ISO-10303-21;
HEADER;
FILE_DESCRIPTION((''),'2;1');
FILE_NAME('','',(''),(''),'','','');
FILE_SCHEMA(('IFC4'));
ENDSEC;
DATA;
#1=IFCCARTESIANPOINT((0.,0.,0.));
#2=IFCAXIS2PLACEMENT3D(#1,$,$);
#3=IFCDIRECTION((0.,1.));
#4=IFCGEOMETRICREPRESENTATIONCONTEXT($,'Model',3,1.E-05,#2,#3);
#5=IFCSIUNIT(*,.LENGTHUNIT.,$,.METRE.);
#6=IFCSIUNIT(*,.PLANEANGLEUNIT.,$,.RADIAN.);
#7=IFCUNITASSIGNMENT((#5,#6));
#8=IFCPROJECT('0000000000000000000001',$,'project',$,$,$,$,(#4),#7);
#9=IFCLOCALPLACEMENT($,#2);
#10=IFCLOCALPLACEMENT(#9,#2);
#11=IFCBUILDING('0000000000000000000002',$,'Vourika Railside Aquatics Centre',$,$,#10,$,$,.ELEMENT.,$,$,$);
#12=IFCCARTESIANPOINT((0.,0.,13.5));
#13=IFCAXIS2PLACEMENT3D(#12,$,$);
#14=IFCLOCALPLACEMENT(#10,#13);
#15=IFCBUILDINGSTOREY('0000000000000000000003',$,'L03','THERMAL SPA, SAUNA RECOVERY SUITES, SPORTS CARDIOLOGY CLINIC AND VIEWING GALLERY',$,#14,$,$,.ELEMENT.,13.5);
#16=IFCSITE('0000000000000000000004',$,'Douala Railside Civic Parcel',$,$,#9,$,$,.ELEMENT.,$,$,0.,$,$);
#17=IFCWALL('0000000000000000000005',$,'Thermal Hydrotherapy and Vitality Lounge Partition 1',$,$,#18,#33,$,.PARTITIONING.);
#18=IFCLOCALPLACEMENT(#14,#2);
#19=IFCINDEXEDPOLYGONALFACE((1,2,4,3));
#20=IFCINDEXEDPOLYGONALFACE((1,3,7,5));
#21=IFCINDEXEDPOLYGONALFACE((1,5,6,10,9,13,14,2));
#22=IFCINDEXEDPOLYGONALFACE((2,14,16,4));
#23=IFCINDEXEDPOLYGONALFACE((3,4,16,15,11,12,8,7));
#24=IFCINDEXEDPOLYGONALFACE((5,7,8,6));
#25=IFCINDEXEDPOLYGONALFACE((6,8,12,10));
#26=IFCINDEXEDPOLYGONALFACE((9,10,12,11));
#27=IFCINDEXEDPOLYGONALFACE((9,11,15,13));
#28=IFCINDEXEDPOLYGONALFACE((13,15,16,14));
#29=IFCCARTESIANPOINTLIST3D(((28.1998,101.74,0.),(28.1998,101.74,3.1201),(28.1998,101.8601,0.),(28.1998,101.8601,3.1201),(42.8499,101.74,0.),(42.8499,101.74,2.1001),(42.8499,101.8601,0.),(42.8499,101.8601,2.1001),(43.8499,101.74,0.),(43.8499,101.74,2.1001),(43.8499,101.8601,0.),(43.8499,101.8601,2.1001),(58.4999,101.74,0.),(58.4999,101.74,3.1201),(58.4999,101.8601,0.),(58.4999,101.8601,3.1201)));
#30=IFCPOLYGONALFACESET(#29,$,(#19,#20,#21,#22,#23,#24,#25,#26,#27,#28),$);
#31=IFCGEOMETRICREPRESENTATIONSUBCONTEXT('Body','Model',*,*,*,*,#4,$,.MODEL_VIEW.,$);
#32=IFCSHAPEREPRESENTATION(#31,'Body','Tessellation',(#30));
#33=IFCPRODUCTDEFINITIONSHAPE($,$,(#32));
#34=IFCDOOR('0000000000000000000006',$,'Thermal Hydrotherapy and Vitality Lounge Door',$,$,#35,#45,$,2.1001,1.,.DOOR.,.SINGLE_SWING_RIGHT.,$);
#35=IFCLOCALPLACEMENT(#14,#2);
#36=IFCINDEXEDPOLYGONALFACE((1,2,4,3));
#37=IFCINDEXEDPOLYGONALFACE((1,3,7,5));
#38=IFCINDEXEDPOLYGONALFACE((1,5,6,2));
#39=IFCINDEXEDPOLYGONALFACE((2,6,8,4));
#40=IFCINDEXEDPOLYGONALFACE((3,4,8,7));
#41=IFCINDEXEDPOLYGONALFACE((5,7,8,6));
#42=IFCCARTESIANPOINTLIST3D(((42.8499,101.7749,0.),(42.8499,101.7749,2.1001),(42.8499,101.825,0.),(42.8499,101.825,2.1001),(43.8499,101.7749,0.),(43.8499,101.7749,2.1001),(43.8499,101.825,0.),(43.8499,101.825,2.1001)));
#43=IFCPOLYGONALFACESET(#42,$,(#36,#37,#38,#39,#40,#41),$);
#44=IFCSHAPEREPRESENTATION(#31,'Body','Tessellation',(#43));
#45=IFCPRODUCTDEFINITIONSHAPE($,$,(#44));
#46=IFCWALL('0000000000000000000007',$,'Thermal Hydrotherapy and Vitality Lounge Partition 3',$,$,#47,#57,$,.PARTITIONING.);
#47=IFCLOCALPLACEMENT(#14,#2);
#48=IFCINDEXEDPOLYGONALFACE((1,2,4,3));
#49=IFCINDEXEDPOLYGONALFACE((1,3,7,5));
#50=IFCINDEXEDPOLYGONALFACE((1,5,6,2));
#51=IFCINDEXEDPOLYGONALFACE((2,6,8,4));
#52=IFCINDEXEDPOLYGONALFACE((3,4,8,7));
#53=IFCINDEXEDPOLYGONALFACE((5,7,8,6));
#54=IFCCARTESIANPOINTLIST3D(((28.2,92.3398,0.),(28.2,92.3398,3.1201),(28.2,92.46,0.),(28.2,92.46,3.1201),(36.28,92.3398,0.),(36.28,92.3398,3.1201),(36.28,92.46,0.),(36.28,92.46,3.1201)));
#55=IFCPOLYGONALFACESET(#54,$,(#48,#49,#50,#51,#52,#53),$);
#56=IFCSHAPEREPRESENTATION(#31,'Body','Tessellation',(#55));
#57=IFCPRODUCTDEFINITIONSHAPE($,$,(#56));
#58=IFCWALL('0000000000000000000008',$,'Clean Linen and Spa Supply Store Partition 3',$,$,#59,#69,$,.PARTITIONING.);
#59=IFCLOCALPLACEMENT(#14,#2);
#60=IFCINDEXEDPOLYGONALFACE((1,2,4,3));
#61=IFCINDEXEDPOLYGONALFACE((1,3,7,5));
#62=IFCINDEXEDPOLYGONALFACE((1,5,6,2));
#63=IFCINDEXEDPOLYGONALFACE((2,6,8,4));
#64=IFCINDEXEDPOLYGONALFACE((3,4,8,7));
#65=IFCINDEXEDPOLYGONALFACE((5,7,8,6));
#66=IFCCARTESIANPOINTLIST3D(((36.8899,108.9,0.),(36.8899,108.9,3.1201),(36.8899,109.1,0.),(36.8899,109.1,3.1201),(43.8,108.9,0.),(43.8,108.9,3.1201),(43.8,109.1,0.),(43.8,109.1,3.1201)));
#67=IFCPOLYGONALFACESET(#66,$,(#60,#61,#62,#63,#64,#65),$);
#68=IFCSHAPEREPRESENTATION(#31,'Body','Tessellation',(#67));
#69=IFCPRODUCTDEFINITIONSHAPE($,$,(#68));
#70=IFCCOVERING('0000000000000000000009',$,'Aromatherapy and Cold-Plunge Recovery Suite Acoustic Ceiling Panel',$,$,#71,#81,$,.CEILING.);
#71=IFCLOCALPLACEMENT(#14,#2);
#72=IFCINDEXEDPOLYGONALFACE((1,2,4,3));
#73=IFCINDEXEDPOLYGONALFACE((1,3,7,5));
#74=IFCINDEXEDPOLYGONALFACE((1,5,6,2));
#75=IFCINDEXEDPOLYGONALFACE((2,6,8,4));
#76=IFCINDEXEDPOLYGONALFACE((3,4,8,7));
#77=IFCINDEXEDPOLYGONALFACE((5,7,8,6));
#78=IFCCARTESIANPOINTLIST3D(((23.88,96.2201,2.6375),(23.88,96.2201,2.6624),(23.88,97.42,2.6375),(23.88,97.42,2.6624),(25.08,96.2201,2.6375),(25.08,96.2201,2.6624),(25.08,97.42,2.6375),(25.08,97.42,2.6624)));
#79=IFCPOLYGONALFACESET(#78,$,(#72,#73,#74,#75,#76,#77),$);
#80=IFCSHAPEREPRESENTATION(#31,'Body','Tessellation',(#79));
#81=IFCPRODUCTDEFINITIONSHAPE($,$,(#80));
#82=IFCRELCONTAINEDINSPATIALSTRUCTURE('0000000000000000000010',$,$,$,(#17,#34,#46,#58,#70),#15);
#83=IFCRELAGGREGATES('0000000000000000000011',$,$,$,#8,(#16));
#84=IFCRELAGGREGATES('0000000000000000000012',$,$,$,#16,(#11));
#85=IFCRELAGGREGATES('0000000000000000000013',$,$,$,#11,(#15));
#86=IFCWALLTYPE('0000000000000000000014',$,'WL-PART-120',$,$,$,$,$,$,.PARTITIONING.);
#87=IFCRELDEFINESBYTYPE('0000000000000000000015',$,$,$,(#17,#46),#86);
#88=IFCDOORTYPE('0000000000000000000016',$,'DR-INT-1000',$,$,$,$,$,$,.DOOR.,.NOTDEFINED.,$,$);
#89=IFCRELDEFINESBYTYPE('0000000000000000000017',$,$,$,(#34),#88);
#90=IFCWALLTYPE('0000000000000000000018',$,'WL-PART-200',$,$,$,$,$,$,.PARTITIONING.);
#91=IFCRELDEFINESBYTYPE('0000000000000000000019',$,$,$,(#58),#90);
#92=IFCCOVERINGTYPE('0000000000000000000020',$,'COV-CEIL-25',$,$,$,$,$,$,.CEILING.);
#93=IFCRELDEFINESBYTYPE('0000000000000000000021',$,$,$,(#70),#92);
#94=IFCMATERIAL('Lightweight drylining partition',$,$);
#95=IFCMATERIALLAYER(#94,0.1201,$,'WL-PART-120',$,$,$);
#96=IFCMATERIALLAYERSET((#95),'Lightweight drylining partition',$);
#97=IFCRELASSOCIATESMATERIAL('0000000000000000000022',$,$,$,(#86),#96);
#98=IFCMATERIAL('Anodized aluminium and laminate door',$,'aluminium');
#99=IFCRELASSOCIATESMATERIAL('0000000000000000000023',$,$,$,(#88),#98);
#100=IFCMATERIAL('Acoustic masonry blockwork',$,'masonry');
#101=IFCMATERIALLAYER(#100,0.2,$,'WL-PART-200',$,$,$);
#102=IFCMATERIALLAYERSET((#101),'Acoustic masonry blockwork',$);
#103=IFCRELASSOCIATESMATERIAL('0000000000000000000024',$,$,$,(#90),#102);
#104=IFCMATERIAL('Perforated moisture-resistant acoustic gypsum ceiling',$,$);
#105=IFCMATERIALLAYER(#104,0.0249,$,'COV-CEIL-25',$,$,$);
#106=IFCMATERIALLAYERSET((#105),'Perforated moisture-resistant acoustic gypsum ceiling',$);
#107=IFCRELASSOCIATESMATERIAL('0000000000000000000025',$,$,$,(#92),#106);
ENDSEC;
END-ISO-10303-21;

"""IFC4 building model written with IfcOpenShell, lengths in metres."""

from ifc_helpers import new_model, si_unit, direction, frame, frame_2d, origin, origin_2d, place, context, subcontext, project, spatial, rectangle, extrude, material, layer, layer_set, type_object, element, fill, save


model = new_model("IFC4")

# Units and contexts
model_context = context("Model", 3, precision=1e-05, world=origin(), true_north=direction((0.0, 1.0)))
body_context = subcontext(model_context, "Body", "Model", "MODEL_VIEW")
ifc_project = project(units=[si_unit("LENGTHUNIT", "METRE"), si_unit("PLANEANGLEUNIT", "RADIAN")], contexts=[model_context])

# Site, building, storey
site_placement = place(None, origin())
site = spatial("IfcSite", under=ifc_project, at=site_placement, Name="Douala Railside Civic Parcel", CompositionType="ELEMENT", RefElevation=0.0)
building_placement = place(site_placement, origin())
building = spatial("IfcBuilding", under=site, at=building_placement, Name="Vourika Railside Aquatics Centre", CompositionType="ELEMENT")
storey_placement = place(building_placement, frame((0.0, 0.0, 13.5)))
storey = spatial("IfcBuildingStorey", under=building, at=storey_placement, Name="L03", Description="THERMAL SPA, SAUNA RECOVERY SUITES, SPORTS CARDIOLOGY CLINIC AND VIEWING GALLERY", CompositionType="ELEMENT", Elevation=13.5)

# Shared definitions
ifc_material_1 = material(Name="Lightweight drylining partition")
ifc_layer_1 = layer(ifc_material_1, 0.1201, Name="WL-PART-120")
ifc_layer_set_1 = layer_set([ifc_layer_1], Name="Lightweight drylining partition")
wall_type_1 = type_object("IfcWallType", Name="WL-PART-120", PredefinedType="PARTITIONING", material=ifc_layer_set_1)
ifc_material_2 = material(Name="Anodized aluminium and laminate door", Category="aluminium")
door_type_1 = type_object("IfcDoorType", Name="DR-INT-1000", OperationType="NOTDEFINED", PredefinedType="DOOR", material=ifc_material_2)

# Wall, opening, door
wall_1_placement = place(storey_placement, frame((28.2, 101.8, 0.0), z_axis=(0.0, 0.0, 1.0), x_axis=(1.0, 0.0, 0.0)))
wall_1 = element("IfcWall", 1, at=wall_1_placement, inside=storey, type_object=wall_type_1, Name="Thermal Hydrotherapy and Vitality Lounge Partition 1", PredefinedType="PARTITIONING", context=body_context, shape_type="SweptSolid", body=[
    extrude(rectangle(XDim=30.3, YDim=0.1201, at=frame_2d((15.1499, 0.0))), origin(), (0.0, 0.0, 1.0), 3.1201),
])
opening_1_placement = place(wall_1_placement, frame((14.6499, 0.0, 0.0)))
opening_1 = element("IfcOpeningElement", 2, at=opening_1_placement, cuts=wall_1, PredefinedType="OPENING", context=body_context, shape_type="SweptSolid", body=[
    extrude(rectangle(XDim=1.0, YDim=2.1001, at=frame_2d((0.5, 1.05))), frame((0.0, 0.0701, 0.0), z_axis=(0.0, -1.0, 0.0), x_axis=(1.0, 0.0, 0.0)), (0.0, 0.0, 1.0), 0.1401),
])
door_1_placement = place(opening_1_placement, origin())
door_1 = element("IfcDoor", 3, at=door_1_placement, inside=storey, type_object=door_type_1, Name="Thermal Hydrotherapy and Vitality Lounge Door", OperationType="SINGLE_SWING_RIGHT", OverallHeight=2.1001, OverallWidth=1.0, PredefinedType="DOOR", context=body_context, shape_type="SweptSolid", body=[
    extrude(rectangle(XDim=1.0, YDim=2.1001, at=frame_2d((0.5, 1.05))), frame((0.0, 0.0249, 0.0), z_axis=(0.0, -1.0, 0.0), x_axis=(1.0, 0.0, 0.0)), (0.0, 0.0, 1.0), 0.05),
])
fill(opening_1, door_1)

# Walls
wall_2_placement = place(storey_placement, frame((36.28, 92.3999, 0.0), z_axis=(0.0, 0.0, 1.0), x_axis=(-1.0, 0.0, 0.0)))
element("IfcWall", 4, at=wall_2_placement, inside=storey, type_object=wall_type_1, Name="Thermal Hydrotherapy and Vitality Lounge Partition 3", PredefinedType="PARTITIONING", context=body_context, shape_type="SweptSolid", body=[
    extrude(rectangle(XDim=8.0801, YDim=0.1201, at=frame_2d((4.04, 0.0))), origin(), (0.0, 0.0, 1.0), 3.1201),
])
ifc_material_3 = material(Name="Acoustic masonry blockwork", Category="masonry")
ifc_layer_2 = layer(ifc_material_3, 0.2, Name="WL-PART-200")
ifc_layer_set_2 = layer_set([ifc_layer_2], Name="Acoustic masonry blockwork")
wall_type_2 = type_object("IfcWallType", Name="WL-PART-200", PredefinedType="PARTITIONING", material=ifc_layer_set_2)
wall_3_placement = place(storey_placement, frame((36.8899, 109.0, 0.0), z_axis=(0.0, 0.0, 1.0), x_axis=(1.0, 0.0, 0.0)))
element("IfcWall", 5, at=wall_3_placement, inside=storey, type_object=wall_type_2, Name="Clean Linen and Spa Supply Store Partition 3", PredefinedType="PARTITIONING", context=body_context, shape_type="SweptSolid", body=[
    extrude(rectangle(XDim=6.9102, YDim=0.2, at=frame_2d((3.4551, 0.0))), origin(), (0.0, 0.0, 1.0), 3.1201),
])

# Covering
ifc_material_4 = material(Name="Perforated moisture-resistant acoustic gypsum ceiling")
ifc_layer_3 = layer(ifc_material_4, 0.0249, Name="COV-CEIL-25")
ifc_layer_set_3 = layer_set([ifc_layer_3], Name="Perforated moisture-resistant acoustic gypsum ceiling")
covering_type = type_object("IfcCoveringType", Name="COV-CEIL-25", PredefinedType="CEILING", material=ifc_layer_set_3)
covering_placement = place(storey_placement, frame((24.48, 96.8201, 2.6375), z_axis=(0.0, 0.0, 1.0), x_axis=(1.0, 0.0, 0.0)))
element("IfcCovering", 6, at=covering_placement, inside=storey, type_object=covering_type, Name="Aromatherapy and Cold-Plunge Recovery Suite Acoustic Ceiling Panel", PredefinedType="CEILING", context=body_context, shape_type="SweptSolid", body=[
    extrude(rectangle(XDim=1.2, YDim=1.2, at=origin_2d()), origin(), (0.0, 0.0, 1.0), 0.0249),
])

save(model, "model.ifc")
